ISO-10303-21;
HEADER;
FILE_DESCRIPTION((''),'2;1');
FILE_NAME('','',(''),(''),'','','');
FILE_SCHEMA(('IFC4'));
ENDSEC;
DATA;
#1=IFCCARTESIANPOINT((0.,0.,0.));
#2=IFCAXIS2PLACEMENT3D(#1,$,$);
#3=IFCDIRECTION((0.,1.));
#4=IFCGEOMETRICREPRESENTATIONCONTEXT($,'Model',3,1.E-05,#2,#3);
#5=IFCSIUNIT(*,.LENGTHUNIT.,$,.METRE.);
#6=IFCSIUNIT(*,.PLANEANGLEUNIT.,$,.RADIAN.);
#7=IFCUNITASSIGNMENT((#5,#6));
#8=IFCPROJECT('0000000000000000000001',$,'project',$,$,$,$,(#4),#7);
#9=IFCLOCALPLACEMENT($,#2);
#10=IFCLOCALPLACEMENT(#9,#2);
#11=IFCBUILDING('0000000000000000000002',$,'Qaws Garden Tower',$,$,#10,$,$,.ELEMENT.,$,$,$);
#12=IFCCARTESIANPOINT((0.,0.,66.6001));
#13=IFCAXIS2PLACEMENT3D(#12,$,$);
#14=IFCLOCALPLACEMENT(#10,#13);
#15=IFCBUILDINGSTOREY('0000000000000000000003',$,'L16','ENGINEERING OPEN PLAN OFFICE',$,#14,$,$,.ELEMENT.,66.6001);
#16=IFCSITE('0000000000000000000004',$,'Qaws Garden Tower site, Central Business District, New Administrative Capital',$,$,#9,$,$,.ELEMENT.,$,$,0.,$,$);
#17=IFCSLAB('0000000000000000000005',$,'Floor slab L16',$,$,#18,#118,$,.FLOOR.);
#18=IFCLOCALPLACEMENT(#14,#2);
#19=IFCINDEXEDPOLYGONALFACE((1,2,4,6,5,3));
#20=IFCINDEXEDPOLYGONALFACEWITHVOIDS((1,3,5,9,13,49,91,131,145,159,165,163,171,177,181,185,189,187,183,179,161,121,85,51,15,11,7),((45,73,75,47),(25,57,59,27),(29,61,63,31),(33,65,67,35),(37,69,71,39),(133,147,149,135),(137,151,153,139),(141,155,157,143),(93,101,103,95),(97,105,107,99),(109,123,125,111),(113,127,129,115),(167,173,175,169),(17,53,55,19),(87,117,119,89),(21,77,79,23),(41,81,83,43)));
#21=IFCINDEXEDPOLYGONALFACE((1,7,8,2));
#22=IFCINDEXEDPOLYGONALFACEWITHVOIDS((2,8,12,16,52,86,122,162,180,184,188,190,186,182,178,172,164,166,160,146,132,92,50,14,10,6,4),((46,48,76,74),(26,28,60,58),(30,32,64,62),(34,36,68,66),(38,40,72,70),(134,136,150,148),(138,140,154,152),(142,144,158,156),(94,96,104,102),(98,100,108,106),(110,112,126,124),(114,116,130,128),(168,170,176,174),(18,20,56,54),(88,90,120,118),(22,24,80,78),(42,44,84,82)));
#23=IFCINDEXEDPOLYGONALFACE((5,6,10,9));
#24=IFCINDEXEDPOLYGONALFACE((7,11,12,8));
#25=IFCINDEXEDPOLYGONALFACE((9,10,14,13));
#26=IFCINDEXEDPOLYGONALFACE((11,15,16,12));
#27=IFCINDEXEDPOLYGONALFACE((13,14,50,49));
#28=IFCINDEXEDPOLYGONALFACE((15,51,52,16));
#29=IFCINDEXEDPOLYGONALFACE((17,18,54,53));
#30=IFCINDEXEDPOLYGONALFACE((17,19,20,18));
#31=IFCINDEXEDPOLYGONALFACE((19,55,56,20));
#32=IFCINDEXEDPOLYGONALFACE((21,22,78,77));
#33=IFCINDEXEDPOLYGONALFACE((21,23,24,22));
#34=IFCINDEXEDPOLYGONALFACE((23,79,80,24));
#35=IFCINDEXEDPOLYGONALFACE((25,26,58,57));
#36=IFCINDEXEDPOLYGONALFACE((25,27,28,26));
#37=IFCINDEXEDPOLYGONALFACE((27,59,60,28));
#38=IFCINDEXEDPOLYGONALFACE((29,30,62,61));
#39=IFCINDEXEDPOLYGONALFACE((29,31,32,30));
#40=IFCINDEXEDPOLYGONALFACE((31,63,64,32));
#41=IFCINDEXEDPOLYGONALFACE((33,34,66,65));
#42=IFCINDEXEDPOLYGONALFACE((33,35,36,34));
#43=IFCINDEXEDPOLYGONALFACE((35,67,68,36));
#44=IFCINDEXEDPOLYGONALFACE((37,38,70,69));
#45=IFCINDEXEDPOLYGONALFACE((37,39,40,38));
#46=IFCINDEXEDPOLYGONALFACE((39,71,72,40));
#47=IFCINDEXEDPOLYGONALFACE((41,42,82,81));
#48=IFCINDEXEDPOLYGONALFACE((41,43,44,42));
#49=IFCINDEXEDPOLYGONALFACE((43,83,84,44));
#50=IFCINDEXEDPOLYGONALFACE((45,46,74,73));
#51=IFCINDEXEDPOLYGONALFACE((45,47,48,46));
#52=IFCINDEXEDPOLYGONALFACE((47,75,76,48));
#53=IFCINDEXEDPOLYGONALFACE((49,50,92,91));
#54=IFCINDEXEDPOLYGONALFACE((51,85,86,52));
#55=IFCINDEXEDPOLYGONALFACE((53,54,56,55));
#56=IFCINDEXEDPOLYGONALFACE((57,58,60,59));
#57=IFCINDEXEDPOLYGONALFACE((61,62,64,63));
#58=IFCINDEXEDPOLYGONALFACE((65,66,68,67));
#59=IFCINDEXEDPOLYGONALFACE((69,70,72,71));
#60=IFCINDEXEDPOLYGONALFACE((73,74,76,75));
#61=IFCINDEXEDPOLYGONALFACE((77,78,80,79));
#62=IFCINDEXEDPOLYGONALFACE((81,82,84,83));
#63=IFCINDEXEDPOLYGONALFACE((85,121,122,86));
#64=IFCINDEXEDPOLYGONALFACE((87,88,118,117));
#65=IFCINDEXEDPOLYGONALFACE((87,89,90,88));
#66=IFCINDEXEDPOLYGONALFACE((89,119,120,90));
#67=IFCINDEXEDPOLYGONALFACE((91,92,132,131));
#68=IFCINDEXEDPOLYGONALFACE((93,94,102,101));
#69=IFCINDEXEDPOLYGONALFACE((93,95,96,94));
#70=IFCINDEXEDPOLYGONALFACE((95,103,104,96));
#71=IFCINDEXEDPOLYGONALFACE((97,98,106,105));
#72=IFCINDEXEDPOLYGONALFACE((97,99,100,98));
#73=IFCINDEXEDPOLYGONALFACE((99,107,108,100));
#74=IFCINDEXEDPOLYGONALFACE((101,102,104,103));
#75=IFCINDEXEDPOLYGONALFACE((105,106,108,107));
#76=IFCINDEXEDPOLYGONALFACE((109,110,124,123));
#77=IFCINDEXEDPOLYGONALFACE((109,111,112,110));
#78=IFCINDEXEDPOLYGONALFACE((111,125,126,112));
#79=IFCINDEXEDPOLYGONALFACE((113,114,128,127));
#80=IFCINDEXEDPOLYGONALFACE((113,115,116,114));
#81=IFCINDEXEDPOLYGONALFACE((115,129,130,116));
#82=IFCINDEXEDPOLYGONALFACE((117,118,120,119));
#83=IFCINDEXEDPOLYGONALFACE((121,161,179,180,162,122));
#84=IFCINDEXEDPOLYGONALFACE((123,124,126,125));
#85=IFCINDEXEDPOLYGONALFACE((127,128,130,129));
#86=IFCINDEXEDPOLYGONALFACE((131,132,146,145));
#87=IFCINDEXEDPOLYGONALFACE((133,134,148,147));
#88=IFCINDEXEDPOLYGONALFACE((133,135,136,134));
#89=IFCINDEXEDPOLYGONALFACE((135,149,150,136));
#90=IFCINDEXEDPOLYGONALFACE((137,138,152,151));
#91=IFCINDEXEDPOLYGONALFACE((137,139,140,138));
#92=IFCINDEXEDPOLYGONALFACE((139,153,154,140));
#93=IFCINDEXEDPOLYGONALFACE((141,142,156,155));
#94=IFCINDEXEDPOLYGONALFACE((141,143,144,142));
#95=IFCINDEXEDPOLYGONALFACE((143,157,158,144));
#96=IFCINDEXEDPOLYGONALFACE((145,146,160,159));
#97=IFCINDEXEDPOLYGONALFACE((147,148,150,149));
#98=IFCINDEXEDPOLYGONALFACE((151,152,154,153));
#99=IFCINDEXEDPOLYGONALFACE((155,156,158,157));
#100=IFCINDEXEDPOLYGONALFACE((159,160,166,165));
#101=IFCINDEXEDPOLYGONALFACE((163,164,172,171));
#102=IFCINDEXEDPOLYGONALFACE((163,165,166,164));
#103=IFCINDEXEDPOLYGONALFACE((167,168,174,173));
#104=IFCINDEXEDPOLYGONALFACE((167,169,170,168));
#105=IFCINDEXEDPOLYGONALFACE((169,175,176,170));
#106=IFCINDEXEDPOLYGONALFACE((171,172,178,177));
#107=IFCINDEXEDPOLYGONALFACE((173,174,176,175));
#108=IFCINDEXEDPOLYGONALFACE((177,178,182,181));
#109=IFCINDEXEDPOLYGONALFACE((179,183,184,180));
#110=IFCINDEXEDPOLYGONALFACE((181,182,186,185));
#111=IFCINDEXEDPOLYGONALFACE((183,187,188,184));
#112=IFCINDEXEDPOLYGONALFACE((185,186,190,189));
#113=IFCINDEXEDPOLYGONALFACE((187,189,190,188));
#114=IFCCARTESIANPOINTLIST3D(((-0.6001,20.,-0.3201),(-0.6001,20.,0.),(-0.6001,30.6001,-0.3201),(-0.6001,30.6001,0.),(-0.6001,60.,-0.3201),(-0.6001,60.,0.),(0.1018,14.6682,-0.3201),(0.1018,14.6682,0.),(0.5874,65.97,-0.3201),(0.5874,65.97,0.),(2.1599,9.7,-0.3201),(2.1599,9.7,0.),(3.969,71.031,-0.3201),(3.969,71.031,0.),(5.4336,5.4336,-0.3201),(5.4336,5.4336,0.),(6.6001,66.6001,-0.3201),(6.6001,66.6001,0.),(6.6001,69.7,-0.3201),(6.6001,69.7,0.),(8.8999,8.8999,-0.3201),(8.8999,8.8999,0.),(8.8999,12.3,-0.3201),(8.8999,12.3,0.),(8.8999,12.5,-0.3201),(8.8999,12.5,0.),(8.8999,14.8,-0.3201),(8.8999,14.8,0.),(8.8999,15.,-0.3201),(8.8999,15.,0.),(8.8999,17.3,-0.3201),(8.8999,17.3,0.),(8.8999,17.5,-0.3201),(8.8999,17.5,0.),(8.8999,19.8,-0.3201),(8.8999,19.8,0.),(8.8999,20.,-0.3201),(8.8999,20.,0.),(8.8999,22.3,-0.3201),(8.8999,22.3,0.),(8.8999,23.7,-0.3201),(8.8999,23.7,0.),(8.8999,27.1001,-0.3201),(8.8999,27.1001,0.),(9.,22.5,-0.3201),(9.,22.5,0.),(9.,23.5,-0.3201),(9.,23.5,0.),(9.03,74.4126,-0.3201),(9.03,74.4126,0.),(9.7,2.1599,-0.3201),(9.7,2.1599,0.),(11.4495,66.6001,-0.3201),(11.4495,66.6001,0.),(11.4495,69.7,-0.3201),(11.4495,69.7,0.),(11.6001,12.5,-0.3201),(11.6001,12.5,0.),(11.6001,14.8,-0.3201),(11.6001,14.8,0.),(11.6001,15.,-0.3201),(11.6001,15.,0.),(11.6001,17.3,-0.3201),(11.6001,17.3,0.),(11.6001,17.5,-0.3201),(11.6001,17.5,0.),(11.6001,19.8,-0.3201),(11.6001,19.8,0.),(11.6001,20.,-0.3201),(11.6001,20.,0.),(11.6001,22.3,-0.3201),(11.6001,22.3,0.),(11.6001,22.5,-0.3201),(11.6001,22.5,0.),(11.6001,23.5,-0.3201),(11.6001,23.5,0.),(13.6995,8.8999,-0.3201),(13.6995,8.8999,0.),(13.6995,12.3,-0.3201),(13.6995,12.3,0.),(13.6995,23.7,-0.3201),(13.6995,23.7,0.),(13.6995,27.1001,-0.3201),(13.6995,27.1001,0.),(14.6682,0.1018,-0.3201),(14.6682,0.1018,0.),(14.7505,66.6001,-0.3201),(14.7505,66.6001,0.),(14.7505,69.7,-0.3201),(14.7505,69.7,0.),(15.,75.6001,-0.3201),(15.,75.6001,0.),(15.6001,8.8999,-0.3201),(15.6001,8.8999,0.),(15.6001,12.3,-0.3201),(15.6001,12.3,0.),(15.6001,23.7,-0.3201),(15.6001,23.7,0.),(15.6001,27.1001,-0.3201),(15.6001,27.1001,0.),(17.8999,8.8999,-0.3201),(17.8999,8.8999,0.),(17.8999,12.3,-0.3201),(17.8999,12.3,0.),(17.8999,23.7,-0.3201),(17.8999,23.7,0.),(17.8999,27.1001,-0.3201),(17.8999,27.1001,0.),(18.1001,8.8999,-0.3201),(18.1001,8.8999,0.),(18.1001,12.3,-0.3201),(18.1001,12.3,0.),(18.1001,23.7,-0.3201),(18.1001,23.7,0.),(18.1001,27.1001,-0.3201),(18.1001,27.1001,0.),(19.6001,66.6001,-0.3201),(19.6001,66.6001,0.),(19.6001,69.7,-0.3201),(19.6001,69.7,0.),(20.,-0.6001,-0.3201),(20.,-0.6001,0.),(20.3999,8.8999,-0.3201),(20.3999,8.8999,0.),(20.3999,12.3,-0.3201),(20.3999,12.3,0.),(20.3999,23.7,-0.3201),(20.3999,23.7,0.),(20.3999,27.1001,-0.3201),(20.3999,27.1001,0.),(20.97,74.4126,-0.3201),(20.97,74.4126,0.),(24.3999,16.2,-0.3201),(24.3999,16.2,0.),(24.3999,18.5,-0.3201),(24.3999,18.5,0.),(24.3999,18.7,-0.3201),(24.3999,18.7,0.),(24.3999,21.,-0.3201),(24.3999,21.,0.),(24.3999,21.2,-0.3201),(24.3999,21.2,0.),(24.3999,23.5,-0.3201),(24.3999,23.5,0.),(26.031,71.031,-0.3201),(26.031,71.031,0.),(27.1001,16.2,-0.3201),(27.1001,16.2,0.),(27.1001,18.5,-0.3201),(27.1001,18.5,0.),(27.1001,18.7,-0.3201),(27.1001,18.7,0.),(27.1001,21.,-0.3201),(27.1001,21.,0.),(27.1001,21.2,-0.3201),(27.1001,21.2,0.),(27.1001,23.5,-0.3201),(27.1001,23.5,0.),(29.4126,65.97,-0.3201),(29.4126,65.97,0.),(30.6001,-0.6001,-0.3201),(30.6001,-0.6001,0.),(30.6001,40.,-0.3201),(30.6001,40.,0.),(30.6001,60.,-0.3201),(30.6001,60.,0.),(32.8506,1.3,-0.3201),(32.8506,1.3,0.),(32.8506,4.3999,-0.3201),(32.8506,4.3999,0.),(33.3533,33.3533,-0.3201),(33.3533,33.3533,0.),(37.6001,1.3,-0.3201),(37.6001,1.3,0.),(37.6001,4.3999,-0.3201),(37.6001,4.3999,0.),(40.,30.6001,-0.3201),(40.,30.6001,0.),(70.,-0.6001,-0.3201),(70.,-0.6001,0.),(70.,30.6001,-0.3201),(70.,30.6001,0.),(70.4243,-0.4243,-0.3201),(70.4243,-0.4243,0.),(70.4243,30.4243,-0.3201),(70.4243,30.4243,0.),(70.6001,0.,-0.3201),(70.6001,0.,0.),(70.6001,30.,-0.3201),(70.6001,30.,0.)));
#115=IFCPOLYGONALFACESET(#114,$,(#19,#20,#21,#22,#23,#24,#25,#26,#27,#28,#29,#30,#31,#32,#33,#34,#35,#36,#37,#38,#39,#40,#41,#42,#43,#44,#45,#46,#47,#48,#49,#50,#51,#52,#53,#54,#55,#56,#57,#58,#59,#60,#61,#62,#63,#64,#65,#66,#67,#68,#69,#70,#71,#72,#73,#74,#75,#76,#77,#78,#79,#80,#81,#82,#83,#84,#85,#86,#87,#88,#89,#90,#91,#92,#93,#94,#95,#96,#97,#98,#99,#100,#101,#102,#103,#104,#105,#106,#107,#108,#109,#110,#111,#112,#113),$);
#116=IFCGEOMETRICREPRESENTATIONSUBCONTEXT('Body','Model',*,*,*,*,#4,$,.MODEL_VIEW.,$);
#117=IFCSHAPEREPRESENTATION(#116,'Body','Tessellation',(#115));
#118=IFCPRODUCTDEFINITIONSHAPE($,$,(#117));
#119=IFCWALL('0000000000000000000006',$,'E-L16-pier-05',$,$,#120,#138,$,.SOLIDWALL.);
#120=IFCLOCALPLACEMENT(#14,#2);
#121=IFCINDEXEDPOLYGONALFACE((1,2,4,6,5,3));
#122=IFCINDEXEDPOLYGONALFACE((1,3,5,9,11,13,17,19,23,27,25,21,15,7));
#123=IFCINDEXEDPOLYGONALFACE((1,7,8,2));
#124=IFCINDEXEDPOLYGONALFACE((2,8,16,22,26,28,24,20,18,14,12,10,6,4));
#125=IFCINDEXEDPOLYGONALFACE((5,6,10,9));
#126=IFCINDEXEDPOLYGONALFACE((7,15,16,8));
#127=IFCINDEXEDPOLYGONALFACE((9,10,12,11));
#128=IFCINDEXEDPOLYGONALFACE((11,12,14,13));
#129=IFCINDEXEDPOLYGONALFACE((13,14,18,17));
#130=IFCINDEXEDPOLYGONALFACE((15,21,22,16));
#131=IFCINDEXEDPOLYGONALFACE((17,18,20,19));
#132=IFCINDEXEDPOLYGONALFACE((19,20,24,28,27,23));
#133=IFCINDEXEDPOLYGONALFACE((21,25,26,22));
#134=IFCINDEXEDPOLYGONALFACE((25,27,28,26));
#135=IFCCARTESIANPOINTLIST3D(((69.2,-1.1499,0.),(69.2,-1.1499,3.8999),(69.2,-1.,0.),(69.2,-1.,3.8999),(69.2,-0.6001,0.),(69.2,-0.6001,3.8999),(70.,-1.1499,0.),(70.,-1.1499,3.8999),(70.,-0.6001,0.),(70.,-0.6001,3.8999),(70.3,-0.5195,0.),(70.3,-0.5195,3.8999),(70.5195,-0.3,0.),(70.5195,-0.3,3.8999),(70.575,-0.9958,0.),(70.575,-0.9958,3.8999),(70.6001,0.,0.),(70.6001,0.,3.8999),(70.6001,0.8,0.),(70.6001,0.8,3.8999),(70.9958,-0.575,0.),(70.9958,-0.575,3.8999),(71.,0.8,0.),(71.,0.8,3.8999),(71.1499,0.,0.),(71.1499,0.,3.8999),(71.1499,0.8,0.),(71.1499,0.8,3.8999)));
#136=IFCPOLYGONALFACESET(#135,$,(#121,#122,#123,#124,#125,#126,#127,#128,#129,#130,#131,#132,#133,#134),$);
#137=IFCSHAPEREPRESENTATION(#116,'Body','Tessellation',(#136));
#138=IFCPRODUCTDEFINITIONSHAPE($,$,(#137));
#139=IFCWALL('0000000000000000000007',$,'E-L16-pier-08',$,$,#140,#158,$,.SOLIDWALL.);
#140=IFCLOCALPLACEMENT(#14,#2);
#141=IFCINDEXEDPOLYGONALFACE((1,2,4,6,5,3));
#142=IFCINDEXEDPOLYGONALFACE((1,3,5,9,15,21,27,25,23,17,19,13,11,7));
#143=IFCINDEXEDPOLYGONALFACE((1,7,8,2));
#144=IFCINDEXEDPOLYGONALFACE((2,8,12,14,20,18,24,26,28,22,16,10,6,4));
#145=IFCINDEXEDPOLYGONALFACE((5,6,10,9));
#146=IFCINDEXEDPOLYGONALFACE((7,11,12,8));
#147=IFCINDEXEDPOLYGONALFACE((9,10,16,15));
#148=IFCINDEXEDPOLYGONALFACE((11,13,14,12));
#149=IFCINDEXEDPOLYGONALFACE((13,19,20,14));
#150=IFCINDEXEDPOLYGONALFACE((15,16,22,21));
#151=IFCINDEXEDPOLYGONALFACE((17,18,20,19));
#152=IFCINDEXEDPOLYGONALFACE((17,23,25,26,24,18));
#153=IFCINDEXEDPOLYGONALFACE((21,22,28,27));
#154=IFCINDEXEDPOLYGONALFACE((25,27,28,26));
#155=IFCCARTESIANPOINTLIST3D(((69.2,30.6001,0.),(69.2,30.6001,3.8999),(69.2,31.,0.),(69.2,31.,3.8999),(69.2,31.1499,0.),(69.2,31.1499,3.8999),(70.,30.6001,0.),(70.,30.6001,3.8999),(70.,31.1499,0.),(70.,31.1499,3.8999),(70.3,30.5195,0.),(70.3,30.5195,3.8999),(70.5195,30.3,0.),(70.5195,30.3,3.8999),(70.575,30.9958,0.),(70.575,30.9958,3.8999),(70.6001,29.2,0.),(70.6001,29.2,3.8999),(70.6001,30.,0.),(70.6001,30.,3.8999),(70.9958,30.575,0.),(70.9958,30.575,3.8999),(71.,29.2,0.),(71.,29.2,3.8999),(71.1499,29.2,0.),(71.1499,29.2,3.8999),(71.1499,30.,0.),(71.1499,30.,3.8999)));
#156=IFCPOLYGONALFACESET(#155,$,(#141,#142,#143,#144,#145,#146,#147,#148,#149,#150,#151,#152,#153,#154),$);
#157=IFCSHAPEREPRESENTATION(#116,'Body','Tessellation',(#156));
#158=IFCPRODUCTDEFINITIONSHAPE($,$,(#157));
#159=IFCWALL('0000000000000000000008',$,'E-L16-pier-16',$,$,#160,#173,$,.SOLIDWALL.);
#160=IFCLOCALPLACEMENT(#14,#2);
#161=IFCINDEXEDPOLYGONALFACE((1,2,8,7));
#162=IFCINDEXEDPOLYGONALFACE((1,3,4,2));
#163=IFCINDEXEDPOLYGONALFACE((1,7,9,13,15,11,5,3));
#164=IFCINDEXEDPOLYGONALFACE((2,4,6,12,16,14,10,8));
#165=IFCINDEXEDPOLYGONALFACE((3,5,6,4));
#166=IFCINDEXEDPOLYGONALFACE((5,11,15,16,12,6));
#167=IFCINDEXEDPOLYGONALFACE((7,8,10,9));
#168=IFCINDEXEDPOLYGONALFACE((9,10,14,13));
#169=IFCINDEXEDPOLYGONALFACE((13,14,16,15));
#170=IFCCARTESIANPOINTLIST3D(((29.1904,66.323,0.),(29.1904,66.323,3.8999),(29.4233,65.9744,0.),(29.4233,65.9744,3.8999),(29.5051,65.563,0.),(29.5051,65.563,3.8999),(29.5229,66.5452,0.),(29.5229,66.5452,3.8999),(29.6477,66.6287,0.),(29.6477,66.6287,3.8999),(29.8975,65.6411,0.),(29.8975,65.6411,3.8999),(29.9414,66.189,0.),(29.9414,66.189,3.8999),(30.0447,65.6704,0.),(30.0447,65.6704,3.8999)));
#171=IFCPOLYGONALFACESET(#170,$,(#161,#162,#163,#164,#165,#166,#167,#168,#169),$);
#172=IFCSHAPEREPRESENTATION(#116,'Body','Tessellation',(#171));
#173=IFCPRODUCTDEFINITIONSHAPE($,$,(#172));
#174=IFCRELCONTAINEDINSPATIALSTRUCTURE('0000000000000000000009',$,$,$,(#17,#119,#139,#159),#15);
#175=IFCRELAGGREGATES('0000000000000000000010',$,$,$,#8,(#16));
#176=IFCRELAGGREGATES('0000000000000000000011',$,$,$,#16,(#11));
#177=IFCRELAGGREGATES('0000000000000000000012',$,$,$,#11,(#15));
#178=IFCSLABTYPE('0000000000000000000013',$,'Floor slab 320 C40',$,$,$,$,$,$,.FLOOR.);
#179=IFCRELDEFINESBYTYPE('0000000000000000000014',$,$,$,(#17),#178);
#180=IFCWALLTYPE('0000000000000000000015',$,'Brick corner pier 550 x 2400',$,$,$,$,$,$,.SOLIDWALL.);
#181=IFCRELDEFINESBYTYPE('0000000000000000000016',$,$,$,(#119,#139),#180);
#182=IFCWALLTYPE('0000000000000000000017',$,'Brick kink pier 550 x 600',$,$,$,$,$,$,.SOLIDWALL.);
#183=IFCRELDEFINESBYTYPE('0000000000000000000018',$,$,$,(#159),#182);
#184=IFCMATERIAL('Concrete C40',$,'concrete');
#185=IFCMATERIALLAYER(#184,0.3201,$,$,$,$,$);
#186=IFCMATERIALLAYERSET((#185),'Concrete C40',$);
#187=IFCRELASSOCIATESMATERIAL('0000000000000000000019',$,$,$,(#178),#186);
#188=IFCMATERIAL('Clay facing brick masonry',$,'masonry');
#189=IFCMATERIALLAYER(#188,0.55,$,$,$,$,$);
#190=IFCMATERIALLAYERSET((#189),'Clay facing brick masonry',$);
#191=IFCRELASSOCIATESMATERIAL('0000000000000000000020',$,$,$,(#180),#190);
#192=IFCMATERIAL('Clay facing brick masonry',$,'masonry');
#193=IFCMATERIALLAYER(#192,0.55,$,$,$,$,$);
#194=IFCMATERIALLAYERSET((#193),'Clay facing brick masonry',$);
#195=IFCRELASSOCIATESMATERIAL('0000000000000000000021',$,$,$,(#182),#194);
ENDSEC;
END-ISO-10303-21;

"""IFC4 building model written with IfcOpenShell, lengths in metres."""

from ifc_helpers import new_model, si_unit, direction, frame, origin, place, context, subcontext, project, spatial, polyline, outline, extrude, material, layer, layer_set, type_object, element, save


model = new_model("IFC4")

# Units and contexts
model_context = context("Model", 3, precision=1e-05, world=origin(), true_north=direction((0.0, 1.0)))
body_context = subcontext(model_context, "Body", "Model", "MODEL_VIEW")
ifc_project = project(units=[si_unit("LENGTHUNIT", "METRE"), si_unit("PLANEANGLEUNIT", "RADIAN")], contexts=[model_context])

# Site, building, storey
site_placement = place(None, origin())
site = spatial("IfcSite", under=ifc_project, at=site_placement, Name="Qaws Garden Tower site, Central Business District, New Administrative Capital", CompositionType="ELEMENT", RefElevation=0.0)
building_placement = place(site_placement, origin())
building = spatial("IfcBuilding", under=site, at=building_placement, Name="Qaws Garden Tower", CompositionType="ELEMENT")
storey_placement = place(building_placement, frame((0.0, 0.0, 66.6001)))
storey = spatial("IfcBuildingStorey", under=building, at=storey_placement, Name="L16", Description="ENGINEERING OPEN PLAN OFFICE", CompositionType="ELEMENT", Elevation=66.6001)

# Slab
ifc_material_1 = material(Name="Concrete C40", Category="concrete")
ifc_layer_1 = layer(ifc_material_1, 0.3201)
ifc_layer_set_1 = layer_set([ifc_layer_1], Name="Concrete C40")
slab_type = type_object("IfcSlabType", Name="Floor slab 320 C40", PredefinedType="FLOOR", material=ifc_layer_set_1)
slab_placement = place(storey_placement, frame((0.0, 0.0, -0.3201)))
element("IfcSlab", 1, at=slab_placement, inside=storey, type_object=slab_type, Name="Floor slab L16", PredefinedType="FLOOR", context=body_context, shape_type="SweptSolid", body=[
    extrude(outline(polyline([(0.1018, 14.6682), (-0.6001, 20.0), (-0.6001, 30.6001), (-0.6001, 60.0), (-0.6001, 60.0), (0.5874, 65.97), (3.969, 71.031), (9.03, 74.4126), (15.0, 75.6001), (20.97, 74.4126), (26.031, 71.031), (29.4126, 65.97), (30.6001, 60.0), (30.6001, 40.0), (33.3533, 33.3533), (40.0, 30.6001), (70.0, 30.6001), (70.4243, 30.4243), (70.6001, 30.0), (70.6001, 0.0), (70.4243, -0.4243), (70.0, -0.6001), (30.6001, -0.6001), (20.0, -0.6001), (14.6682, 0.1018), (9.7, 2.1599), (5.4336, 5.4336), (2.1599, 9.7), (0.1018, 14.6682)]), holes=[polyline([(13.6995, 12.3), (8.8999, 12.3), (8.8999, 8.8999), (13.6995, 8.8999), (13.6995, 12.3)]), polyline([(17.8999, 12.3), (15.6001, 12.3), (15.6001, 8.8999), (17.8999, 8.8999), (17.8999, 12.3)]), polyline([(11.6001, 14.8), (8.8999, 14.8), (8.8999, 12.5), (11.6001, 12.5), (11.6001, 14.8)]), polyline([(11.6001, 17.3), (8.8999, 17.3), (8.8999, 15.0), (11.6001, 15.0), (11.6001, 17.3)]), polyline([(11.6001, 19.8), (8.8999, 19.8), (8.8999, 17.5), (11.6001, 17.5), (11.6001, 19.8)]), polyline([(11.6001, 22.3), (8.8999, 22.3), (8.8999, 20.0), (11.6001, 20.0), (11.6001, 22.3)]), polyline([(11.6001, 23.5), (9.0, 23.5), (9.0, 22.5), (11.6001, 22.5), (11.6001, 23.5)]), polyline([(13.6995, 27.1001), (8.8999, 27.1001), (8.8999, 23.7), (13.6995, 23.7), (13.6995, 27.1001)]), polyline([(11.4495, 69.7), (6.6001, 69.7), (6.6001, 66.6001), (11.4495, 66.6001), (11.4495, 69.7)]), polyline([(37.6001, 4.3999), (32.8506, 4.3999), (32.8506, 1.3), (37.6001, 1.3), (37.6001, 4.3999)]), polyline([(20.3999, 12.3), (18.1001, 12.3), (18.1001, 8.8999), (20.3999, 8.8999), (20.3999, 12.3)]), polyline([(27.1001, 18.5), (24.3999, 18.5), (24.3999, 16.2), (27.1001, 16.2), (27.1001, 18.5)]), polyline([(27.1001, 21.0), (24.3999, 21.0), (24.3999, 18.7), (27.1001, 18.7), (27.1001, 21.0)]), polyline([(27.1001, 23.5), (24.3999, 23.5), (24.3999, 21.2), (27.1001, 21.2), (27.1001, 23.5)]), polyline([(17.8999, 27.1001), (15.6001, 27.1001), (15.6001, 23.7), (17.8999, 23.7), (17.8999, 27.1001)]), polyline([(20.3999, 23.7), (20.3999, 27.1001), (18.1001, 27.1001), (18.1001, 23.7), (20.3999, 23.7)]), polyline([(19.6001, 66.6001), (19.6001, 69.7), (14.7505, 69.7), (14.7505, 66.6001), (19.6001, 66.6001)])]), origin(), (0.0, 0.0, 1.0), 0.3201),
])

# Walls
ifc_material_2 = material(Name="Clay facing brick masonry", Category="masonry")
ifc_layer_2 = layer(ifc_material_2, 0.55)
ifc_layer_set_2 = layer_set([ifc_layer_2], Name="Clay facing brick masonry")
wall_type_1 = type_object("IfcWallType", Name="Brick corner pier 550 x 2400", PredefinedType="SOLIDWALL", material=ifc_layer_set_2)
placement = place(storey_placement, origin())
element("IfcWall", 2, at=placement, inside=storey, type_object=wall_type_1, Name="E-L16-pier-05", PredefinedType="SOLIDWALL", context=body_context, shape_type="SweptSolid", body=[
    extrude(outline(polyline([(69.2, -1.0), (69.2, -1.1499), (70.0, -1.1499), (70.575, -0.9958), (70.9958, -0.575), (71.1499, 0.0), (71.1499, 0.8), (71.0, 0.8), (70.6001, 0.8), (70.6001, 0.0), (70.5195, -0.3), (70.3, -0.5195), (70.0, -0.6001), (69.2, -0.6001), (69.2, -1.0)])), origin(), (0.0, 0.0, 1.0), 3.8999),
])
element("IfcWall", 3, at=placement, inside=storey, type_object=wall_type_1, Name="E-L16-pier-08", PredefinedType="SOLIDWALL", context=body_context, shape_type="SweptSolid", body=[
    extrude(outline(polyline([(71.0, 29.2), (71.1499, 29.2), (71.1499, 30.0), (70.9958, 30.575), (70.575, 30.9958), (70.0, 31.1499), (69.2, 31.1499), (69.2, 31.0), (69.2, 30.6001), (70.0, 30.6001), (70.3, 30.5195), (70.5195, 30.3), (70.6001, 30.0), (70.6001, 29.2), (71.0, 29.2)])), origin(), (0.0, 0.0, 1.0), 3.8999),
])
ifc_material_3 = material(Name="Clay facing brick masonry", Category="masonry")
ifc_layer_3 = layer(ifc_material_3, 0.55)
ifc_layer_set_3 = layer_set([ifc_layer_3], Name="Clay facing brick masonry")
wall_type_2 = type_object("IfcWallType", Name="Brick kink pier 550 x 600", PredefinedType="SOLIDWALL", material=ifc_layer_set_3)
element("IfcWall", 4, at=placement, inside=storey, type_object=wall_type_2, Name="E-L16-pier-16", PredefinedType="SOLIDWALL", context=body_context, shape_type="SweptSolid", body=[
    extrude(outline(polyline([(29.8975, 65.6411), (30.0447, 65.6704), (29.9414, 66.189), (29.6477, 66.6287), (29.5229, 66.5452), (29.1904, 66.323), (29.4233, 65.9744), (29.5051, 65.563), (29.8975, 65.6411)])), origin(), (0.0, 0.0, 1.0), 3.8999),
])

save(model, "model.ifc")
